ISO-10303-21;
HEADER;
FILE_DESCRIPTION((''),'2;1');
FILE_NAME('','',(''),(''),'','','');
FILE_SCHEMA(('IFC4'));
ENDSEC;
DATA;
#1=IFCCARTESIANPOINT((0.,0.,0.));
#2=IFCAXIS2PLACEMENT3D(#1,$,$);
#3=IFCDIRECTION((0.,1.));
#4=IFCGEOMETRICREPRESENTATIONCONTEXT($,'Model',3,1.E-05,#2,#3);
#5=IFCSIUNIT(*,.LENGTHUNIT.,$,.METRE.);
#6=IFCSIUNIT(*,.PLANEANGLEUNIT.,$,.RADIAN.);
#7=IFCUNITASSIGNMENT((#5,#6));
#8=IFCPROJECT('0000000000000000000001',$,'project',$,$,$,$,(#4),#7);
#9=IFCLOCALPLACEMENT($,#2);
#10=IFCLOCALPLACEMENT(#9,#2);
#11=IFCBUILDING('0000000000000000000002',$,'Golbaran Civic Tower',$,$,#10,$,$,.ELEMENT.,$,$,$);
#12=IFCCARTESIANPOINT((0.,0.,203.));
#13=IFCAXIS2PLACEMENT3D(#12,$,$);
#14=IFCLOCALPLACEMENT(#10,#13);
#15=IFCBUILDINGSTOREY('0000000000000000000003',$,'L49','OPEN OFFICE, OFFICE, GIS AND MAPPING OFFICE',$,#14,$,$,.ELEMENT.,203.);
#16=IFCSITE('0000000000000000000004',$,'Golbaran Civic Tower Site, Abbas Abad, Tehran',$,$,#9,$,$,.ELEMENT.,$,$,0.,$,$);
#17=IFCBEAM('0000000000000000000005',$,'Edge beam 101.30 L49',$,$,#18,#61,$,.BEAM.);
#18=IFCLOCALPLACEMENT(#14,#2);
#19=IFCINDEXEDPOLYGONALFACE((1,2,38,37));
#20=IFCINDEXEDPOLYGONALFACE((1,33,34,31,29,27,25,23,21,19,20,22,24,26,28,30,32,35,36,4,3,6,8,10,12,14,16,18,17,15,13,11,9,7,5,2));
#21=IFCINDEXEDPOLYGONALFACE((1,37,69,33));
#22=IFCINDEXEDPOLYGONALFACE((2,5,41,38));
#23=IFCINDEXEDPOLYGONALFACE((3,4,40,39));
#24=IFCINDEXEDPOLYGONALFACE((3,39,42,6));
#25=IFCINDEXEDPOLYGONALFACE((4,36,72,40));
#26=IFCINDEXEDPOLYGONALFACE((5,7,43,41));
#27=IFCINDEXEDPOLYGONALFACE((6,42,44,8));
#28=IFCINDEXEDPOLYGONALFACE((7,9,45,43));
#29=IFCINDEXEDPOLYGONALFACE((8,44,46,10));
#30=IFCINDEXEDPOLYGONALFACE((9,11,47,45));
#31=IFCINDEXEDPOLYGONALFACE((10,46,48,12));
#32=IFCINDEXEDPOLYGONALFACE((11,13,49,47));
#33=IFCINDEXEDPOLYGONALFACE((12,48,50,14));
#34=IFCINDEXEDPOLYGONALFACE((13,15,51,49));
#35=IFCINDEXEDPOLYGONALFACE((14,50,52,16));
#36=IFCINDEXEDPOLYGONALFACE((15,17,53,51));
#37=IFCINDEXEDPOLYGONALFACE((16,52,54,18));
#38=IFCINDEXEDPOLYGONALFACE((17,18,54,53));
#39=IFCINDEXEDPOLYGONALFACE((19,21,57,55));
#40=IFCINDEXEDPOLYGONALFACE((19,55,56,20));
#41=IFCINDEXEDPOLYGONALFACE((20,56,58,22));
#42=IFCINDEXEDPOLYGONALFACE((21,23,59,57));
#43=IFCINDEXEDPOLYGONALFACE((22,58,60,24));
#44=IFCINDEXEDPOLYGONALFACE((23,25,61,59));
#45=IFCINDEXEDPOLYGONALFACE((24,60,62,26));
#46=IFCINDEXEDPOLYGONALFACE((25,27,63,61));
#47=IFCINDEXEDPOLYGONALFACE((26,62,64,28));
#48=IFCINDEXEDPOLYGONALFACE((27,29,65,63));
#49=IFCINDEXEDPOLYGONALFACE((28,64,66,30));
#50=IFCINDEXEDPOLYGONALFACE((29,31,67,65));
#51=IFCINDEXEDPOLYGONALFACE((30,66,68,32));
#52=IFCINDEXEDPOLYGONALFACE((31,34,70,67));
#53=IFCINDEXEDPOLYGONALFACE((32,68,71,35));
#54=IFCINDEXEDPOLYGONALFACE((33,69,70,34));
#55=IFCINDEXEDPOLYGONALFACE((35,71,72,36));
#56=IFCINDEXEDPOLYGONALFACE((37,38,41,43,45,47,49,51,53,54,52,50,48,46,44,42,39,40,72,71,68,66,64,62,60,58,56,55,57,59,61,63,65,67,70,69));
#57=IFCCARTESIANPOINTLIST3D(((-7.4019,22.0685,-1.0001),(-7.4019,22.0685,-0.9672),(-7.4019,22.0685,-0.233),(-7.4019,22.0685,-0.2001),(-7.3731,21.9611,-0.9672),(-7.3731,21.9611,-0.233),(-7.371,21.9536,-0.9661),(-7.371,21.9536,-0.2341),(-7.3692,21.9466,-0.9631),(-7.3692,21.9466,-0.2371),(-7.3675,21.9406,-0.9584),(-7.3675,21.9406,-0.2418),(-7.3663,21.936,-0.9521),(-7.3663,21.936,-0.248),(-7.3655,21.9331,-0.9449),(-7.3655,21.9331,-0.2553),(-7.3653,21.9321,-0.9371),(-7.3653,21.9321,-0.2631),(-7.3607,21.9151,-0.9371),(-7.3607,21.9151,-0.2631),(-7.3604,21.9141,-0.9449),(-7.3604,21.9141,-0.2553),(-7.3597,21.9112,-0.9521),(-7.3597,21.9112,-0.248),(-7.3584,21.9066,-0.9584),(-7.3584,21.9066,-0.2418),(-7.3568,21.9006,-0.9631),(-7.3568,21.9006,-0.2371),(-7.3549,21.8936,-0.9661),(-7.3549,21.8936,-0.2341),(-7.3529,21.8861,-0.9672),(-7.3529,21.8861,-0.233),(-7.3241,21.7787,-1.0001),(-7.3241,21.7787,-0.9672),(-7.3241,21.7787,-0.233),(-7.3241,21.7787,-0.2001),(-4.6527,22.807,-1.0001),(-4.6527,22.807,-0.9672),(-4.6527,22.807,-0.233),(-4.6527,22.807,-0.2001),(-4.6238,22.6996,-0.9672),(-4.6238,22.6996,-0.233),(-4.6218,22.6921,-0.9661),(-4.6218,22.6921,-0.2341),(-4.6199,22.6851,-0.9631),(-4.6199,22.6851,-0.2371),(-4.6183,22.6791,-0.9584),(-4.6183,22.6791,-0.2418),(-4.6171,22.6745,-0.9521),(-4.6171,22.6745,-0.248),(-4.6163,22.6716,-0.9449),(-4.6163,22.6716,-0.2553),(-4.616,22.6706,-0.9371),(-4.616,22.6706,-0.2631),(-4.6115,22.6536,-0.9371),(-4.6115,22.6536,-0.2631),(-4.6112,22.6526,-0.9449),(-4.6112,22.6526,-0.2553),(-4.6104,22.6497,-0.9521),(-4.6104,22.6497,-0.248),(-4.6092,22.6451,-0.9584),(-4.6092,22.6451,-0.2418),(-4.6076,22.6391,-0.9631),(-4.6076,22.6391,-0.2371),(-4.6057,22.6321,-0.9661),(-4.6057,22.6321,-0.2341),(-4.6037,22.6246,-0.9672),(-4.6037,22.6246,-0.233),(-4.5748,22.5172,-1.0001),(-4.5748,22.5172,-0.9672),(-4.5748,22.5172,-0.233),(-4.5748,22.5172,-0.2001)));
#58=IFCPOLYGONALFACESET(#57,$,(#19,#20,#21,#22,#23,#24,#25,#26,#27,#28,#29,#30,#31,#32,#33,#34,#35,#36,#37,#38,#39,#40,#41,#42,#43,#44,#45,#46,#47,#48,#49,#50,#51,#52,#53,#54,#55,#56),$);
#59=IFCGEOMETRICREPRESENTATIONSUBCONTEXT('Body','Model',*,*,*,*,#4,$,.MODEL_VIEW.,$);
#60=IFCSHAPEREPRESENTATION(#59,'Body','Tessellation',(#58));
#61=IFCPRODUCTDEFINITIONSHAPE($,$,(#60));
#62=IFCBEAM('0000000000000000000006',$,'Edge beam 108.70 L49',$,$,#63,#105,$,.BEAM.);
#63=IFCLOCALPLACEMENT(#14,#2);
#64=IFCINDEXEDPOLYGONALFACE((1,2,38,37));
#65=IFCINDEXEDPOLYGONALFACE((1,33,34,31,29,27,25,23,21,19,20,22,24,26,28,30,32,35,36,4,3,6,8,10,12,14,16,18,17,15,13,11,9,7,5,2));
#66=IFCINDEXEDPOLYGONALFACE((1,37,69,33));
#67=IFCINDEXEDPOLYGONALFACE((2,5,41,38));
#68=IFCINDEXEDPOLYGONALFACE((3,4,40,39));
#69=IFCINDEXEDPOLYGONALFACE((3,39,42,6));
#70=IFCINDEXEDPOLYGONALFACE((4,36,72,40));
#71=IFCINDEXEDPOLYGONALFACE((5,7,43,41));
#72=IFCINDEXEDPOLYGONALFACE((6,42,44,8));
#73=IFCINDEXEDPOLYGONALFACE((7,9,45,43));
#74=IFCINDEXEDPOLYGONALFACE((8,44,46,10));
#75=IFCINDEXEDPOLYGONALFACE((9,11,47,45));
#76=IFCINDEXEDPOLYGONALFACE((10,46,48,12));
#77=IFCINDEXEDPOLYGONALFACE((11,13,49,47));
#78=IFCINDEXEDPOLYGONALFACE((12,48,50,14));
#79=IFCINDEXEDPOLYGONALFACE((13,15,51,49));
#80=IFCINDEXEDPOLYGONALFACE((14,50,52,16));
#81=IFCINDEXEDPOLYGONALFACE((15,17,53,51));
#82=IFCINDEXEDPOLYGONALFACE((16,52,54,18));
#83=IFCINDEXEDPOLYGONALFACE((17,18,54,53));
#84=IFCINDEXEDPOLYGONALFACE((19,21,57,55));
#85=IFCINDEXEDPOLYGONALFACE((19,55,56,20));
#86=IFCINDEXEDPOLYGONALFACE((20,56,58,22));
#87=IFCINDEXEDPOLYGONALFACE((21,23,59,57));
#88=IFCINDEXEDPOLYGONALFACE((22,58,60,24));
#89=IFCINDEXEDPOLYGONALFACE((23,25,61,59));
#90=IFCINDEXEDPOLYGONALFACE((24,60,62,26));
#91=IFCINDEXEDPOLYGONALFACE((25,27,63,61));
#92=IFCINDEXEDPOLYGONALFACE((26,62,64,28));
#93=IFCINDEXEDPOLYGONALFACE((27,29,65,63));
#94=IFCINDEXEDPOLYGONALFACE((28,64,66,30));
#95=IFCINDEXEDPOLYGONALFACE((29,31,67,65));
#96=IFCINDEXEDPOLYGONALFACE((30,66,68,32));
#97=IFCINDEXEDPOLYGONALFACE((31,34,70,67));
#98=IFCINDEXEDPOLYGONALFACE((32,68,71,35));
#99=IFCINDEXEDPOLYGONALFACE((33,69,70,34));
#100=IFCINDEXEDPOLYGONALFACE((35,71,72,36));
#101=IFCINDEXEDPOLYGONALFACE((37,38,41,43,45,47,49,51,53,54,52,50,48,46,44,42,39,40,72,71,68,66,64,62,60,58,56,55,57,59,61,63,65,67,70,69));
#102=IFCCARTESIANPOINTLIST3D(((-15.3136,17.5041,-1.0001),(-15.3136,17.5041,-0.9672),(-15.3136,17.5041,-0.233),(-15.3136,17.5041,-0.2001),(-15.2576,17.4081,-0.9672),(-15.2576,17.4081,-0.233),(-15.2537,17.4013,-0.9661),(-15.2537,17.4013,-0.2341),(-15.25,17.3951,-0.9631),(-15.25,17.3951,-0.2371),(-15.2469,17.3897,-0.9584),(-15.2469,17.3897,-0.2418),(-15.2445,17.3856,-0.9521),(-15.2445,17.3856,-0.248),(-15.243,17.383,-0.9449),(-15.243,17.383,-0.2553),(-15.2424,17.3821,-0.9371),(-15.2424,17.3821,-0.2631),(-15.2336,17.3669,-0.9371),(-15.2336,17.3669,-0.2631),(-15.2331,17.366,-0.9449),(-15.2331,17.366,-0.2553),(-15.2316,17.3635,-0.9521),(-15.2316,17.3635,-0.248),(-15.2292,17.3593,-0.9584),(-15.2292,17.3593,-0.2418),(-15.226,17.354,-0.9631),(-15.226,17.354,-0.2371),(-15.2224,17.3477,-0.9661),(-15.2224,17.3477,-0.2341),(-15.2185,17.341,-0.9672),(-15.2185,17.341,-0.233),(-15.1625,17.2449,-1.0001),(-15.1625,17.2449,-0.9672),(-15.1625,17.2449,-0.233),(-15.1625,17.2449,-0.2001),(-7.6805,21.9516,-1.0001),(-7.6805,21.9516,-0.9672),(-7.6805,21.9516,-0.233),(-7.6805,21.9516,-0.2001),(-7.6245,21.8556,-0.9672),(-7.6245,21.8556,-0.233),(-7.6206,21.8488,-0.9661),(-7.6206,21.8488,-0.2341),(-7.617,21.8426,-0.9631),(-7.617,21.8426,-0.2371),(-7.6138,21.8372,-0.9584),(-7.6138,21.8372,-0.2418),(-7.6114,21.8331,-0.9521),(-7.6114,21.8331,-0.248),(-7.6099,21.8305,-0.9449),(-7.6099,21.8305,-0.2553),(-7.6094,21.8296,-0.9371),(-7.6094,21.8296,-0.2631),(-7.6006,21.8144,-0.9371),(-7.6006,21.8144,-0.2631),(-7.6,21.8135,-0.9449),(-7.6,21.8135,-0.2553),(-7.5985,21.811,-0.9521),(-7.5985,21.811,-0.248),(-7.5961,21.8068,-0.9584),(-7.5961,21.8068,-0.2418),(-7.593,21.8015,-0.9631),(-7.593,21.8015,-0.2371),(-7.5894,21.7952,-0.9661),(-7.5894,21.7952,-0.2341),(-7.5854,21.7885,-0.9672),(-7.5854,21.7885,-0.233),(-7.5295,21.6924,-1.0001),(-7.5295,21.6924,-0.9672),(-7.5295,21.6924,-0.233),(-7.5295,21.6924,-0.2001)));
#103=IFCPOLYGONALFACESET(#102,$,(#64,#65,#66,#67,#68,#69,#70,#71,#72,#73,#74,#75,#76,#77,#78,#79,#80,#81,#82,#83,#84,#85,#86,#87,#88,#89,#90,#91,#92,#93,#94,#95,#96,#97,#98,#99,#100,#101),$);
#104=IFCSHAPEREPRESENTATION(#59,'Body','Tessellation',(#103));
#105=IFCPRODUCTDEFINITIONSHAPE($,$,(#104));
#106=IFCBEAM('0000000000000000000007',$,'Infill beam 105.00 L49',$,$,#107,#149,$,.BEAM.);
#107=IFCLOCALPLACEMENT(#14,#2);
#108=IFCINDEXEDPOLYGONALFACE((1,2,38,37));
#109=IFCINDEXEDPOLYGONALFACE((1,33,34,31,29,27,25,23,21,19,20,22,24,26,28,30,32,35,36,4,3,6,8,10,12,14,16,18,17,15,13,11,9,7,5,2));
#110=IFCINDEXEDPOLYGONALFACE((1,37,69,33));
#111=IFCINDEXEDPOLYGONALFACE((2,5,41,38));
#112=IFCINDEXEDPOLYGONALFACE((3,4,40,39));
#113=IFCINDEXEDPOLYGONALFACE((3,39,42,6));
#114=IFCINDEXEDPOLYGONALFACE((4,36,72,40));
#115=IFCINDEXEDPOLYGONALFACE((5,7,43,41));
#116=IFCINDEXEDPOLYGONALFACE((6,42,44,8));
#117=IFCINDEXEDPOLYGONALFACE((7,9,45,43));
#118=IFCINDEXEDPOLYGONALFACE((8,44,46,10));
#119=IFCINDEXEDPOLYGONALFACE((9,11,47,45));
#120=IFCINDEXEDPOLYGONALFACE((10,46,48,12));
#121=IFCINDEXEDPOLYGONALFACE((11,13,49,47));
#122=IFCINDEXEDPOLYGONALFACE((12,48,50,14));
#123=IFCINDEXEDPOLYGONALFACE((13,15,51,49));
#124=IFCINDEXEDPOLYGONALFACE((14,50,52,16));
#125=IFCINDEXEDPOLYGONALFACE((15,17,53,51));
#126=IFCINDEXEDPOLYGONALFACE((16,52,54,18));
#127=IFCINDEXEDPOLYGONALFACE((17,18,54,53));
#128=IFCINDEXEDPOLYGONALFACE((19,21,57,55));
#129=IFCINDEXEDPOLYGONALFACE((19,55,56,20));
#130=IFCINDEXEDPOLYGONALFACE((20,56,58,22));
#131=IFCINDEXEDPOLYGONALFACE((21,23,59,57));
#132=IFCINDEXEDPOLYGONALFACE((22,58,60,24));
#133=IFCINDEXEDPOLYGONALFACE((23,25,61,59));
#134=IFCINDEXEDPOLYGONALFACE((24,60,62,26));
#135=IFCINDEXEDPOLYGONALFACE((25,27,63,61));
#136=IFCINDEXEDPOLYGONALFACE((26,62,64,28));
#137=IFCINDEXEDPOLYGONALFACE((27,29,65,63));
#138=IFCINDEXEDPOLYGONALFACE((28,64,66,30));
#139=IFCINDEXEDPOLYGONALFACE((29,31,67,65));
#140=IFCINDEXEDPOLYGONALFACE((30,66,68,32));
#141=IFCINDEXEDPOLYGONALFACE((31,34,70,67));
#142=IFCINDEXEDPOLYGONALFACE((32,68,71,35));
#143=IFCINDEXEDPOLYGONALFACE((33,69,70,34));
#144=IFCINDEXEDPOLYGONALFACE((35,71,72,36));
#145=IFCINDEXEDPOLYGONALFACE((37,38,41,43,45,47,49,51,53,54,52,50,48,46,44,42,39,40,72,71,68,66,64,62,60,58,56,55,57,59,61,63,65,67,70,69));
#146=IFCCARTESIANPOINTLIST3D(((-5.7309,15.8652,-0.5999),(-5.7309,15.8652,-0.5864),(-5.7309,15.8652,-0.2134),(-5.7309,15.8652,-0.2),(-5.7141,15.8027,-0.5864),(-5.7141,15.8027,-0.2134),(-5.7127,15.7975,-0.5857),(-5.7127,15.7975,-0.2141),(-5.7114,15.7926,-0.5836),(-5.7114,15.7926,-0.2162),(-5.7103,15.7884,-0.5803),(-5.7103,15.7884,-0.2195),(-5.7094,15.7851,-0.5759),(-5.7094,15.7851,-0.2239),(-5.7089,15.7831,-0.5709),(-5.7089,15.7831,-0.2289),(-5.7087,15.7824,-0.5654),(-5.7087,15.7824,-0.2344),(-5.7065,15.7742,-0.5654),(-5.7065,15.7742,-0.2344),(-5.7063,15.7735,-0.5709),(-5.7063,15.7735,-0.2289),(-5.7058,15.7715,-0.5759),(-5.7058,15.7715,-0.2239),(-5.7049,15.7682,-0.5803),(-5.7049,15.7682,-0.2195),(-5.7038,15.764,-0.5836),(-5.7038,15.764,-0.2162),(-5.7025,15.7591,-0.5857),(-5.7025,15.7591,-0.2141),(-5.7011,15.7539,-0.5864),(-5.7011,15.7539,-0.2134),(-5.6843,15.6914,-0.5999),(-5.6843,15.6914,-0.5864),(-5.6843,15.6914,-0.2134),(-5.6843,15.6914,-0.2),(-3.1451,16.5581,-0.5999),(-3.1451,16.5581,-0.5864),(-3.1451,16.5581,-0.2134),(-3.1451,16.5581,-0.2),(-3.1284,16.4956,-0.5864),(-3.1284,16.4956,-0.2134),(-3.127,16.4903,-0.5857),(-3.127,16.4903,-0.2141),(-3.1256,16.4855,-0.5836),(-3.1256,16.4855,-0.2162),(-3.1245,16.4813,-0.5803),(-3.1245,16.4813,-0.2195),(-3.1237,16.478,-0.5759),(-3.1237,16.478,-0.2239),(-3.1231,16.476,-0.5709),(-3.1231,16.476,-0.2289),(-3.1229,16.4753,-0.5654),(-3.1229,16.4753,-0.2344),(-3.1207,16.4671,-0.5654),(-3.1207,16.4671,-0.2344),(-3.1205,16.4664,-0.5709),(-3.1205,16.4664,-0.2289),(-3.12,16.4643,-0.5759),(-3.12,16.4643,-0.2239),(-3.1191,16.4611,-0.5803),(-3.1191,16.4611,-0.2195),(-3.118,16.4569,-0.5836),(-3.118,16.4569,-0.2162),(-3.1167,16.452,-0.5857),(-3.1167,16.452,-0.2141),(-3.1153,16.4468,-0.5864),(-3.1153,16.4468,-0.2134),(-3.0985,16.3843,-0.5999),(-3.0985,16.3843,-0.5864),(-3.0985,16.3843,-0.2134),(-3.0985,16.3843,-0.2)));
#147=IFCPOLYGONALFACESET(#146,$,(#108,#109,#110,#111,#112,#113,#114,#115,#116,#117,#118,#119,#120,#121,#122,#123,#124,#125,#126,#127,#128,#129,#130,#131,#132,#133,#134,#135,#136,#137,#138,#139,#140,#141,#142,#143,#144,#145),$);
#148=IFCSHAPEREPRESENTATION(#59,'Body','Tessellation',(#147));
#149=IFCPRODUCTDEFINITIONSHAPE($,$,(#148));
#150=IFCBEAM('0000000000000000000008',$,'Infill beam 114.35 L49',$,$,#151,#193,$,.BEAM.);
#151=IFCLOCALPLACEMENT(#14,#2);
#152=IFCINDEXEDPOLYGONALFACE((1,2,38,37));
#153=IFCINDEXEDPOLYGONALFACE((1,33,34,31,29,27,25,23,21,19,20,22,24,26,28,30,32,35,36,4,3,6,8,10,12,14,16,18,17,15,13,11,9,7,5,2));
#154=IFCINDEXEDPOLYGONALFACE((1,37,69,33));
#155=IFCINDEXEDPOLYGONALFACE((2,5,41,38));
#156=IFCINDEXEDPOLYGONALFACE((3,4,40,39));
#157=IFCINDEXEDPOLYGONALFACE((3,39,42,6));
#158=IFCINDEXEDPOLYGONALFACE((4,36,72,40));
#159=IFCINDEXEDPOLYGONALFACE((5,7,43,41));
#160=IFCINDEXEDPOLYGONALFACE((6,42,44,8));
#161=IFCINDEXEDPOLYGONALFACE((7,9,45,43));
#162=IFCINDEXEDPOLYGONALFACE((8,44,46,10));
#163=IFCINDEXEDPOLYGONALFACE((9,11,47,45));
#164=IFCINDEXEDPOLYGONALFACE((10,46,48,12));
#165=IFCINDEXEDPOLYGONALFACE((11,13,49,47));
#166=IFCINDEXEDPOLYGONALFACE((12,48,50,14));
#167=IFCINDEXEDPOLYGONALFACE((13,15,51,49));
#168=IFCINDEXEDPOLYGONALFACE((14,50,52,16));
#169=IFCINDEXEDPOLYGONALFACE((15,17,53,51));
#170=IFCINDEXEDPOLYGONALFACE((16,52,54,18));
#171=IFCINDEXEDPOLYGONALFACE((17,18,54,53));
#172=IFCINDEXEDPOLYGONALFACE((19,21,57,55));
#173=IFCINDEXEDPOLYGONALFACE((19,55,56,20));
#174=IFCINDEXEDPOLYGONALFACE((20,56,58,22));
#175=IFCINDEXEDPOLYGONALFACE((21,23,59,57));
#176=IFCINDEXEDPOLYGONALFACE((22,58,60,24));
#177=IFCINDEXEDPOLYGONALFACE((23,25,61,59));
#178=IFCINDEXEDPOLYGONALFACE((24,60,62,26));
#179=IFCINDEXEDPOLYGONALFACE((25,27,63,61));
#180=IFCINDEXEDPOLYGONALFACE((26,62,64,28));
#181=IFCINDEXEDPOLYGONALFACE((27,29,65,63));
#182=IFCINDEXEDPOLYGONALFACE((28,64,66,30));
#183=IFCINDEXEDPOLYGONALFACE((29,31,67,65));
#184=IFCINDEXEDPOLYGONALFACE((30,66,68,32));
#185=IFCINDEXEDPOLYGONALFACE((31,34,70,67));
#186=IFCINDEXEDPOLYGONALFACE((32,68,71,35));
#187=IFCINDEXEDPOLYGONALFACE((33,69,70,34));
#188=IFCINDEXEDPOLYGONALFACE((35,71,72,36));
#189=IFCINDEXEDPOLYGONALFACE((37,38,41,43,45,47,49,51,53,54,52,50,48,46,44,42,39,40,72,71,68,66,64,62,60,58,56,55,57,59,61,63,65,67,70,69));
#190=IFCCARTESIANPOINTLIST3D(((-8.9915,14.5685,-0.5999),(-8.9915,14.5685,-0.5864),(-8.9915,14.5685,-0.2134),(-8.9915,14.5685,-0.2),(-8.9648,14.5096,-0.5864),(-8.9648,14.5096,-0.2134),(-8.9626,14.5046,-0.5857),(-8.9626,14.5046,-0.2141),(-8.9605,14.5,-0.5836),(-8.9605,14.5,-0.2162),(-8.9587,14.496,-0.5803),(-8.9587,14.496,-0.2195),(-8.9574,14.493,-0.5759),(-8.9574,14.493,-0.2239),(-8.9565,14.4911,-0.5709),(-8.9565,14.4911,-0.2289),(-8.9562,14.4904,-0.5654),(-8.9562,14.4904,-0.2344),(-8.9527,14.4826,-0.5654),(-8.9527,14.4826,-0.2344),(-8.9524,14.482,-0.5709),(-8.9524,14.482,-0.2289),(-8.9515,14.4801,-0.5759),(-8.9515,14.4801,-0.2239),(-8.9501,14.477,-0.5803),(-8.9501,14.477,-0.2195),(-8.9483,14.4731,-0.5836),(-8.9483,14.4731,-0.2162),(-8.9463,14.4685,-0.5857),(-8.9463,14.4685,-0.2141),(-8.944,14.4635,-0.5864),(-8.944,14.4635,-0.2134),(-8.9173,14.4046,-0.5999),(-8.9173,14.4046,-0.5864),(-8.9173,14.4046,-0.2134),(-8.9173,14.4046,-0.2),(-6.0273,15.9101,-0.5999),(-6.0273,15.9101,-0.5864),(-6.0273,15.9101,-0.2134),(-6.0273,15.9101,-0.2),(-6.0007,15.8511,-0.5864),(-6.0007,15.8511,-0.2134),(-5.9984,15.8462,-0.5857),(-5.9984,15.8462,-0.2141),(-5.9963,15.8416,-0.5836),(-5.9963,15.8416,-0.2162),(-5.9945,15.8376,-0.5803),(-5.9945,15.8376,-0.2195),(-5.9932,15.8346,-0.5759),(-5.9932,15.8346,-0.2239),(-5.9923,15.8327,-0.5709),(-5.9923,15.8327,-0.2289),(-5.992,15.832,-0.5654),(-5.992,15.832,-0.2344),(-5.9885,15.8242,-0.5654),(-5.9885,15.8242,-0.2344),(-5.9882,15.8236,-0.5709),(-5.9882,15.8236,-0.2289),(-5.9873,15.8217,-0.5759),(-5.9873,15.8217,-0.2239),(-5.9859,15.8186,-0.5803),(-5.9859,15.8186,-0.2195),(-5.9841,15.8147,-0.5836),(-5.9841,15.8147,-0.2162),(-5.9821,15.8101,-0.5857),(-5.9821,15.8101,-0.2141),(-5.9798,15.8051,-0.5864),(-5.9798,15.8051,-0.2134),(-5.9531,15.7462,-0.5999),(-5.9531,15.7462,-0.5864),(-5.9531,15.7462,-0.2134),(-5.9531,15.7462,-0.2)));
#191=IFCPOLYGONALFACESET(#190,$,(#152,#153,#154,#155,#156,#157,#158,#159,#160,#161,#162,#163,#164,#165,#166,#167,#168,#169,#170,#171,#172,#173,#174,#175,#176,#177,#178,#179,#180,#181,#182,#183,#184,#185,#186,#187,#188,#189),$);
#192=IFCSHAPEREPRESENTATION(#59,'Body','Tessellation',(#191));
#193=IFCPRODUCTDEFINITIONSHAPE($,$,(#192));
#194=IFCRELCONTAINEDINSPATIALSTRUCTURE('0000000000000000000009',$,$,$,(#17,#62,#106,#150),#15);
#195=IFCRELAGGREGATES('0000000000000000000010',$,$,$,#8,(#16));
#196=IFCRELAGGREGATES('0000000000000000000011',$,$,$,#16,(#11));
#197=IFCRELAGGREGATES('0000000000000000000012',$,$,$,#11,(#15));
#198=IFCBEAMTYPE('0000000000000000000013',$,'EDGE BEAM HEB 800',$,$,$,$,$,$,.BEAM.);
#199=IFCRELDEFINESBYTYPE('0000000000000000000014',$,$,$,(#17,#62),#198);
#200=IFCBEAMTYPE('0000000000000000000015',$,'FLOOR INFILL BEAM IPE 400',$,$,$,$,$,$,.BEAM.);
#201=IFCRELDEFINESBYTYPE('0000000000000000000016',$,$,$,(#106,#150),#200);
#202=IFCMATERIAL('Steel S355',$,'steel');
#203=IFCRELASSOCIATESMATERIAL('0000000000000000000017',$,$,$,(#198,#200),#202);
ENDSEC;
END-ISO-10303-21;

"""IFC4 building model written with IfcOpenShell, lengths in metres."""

from ifc_helpers import new_model, si_unit, direction, frame, origin, origin_2d, place, context, subcontext, project, spatial, i_section, extrude, material, material_profile, profile_set, type_object, element, save


model = new_model("IFC4")

# Units and contexts
model_context = context("Model", 3, precision=1e-05, world=origin(), true_north=direction((0.0, 1.0)))
body_context = subcontext(model_context, "Body", "Model", "MODEL_VIEW")
ifc_project = project(units=[si_unit("LENGTHUNIT", "METRE"), si_unit("PLANEANGLEUNIT", "RADIAN")], contexts=[model_context])

# Site, building, storey
site_placement = place(None, origin())
site = spatial("IfcSite", under=ifc_project, at=site_placement, Name="Golbaran Civic Tower Site, Abbas Abad, Tehran", CompositionType="ELEMENT", RefElevation=0.0)
building_placement = place(site_placement, origin())
building = spatial("IfcBuilding", under=site, at=building_placement, Name="Golbaran Civic Tower", CompositionType="ELEMENT")
storey_placement = place(building_placement, frame((0.0, 0.0, 203.0)))
storey = spatial("IfcBuildingStorey", under=building, at=storey_placement, Name="L49", Description="OPEN OFFICE, OFFICE, GIS AND MAPPING OFFICE", CompositionType="ELEMENT", Elevation=203.0)

# Beams
ifc_material_1 = material(Name="Steel S355", Category="steel")
ifc_material_profile_1 = material_profile(ifc_material_1, i_section(OverallWidth=0.3, OverallDepth=0.8, WebThickness=0.0176, FlangeThickness=0.033, FilletRadius=0.03, at=origin_2d()), Name="HEB 800")
ifc_profile_set_1 = profile_set([ifc_material_profile_1], Name="Steel S355")
beam_type_1 = type_object("IfcBeamType", Name="EDGE BEAM HEB 800", PredefinedType="BEAM", material=ifc_profile_set_1)
beam_1_placement = place(storey_placement, frame((-4.6138, 22.6621, -0.6001), z_axis=(-0.965762, -0.259429, 0.0), x_axis=(0.259429, -0.965762, 0.0)))
element("IfcBeam", 1, at=beam_1_placement, inside=storey, type_object=beam_type_1, Name="Edge beam 101.30 L49", PredefinedType="BEAM", context=body_context, shape_type="SweptSolid", body=[
    extrude(i_section(OverallWidth=0.3, OverallDepth=0.8, WebThickness=0.0176, FlangeThickness=0.033, FilletRadius=0.03, at=origin_2d()), origin(), (0.0, 0.0, 1.0), 2.8467),
])
beam_2_placement = place(storey_placement, frame((-7.605, 21.822, -0.6001), z_axis=(-0.86403, -0.50344, 0.0), x_axis=(0.50344, -0.86403, 0.0)))
element("IfcBeam", 2, at=beam_2_placement, inside=storey, type_object=beam_type_1, Name="Edge beam 108.70 L49", PredefinedType="BEAM", context=body_context, shape_type="SweptSolid", body=[
    extrude(i_section(OverallWidth=0.3, OverallDepth=0.8, WebThickness=0.0176, FlangeThickness=0.033, FilletRadius=0.03, at=origin_2d()), origin(), (0.0, 0.0, 1.0), 8.8342),
])
ifc_material_profile_2 = material_profile(ifc_material_1, i_section(OverallWidth=0.1799, OverallDepth=0.3999, WebThickness=0.0085, FlangeThickness=0.0134, FilletRadius=0.021, at=origin_2d()), Name="IPE 400")
ifc_profile_set_2 = profile_set([ifc_material_profile_2], Name="Steel S355")
beam_type_2 = type_object("IfcBeamType", Name="FLOOR INFILL BEAM IPE 400", PredefinedType="BEAM", material=ifc_profile_set_2)
beam_3_placement = place(storey_placement, frame((-3.1218, 16.4712, -0.3999), z_axis=(-0.965922, -0.258832, 0.0), x_axis=(0.258832, -0.965922, 0.0)))
element("IfcBeam", 3, at=beam_3_placement, inside=storey, type_object=beam_type_2, Name="Infill beam 105.00 L49", PredefinedType="BEAM", context=body_context, shape_type="SweptSolid", body=[
    extrude(i_section(OverallWidth=0.1799, OverallDepth=0.3999, WebThickness=0.0085, FlangeThickness=0.0134, FilletRadius=0.021, at=origin_2d()), origin(), (0.0, 0.0, 1.0), 2.677),
])
beam_4_placement = place(storey_placement, frame((-5.9902, 15.8281, -0.3999), z_axis=(-0.911033, -0.412332, 0.0), x_axis=(0.412332, -0.911033, 0.0)))
element("IfcBeam", 4, at=beam_4_placement, inside=storey, type_object=beam_type_2, Name="Infill beam 114.35 L49", PredefinedType="BEAM", context=body_context, shape_type="SweptSolid", body=[
    extrude(i_section(OverallWidth=0.1799, OverallDepth=0.3999, WebThickness=0.0085, FlangeThickness=0.0134, FilletRadius=0.021, at=origin_2d()), origin(), (0.0, 0.0, 1.0), 3.2537),
])

save(model, "model.ifc")
